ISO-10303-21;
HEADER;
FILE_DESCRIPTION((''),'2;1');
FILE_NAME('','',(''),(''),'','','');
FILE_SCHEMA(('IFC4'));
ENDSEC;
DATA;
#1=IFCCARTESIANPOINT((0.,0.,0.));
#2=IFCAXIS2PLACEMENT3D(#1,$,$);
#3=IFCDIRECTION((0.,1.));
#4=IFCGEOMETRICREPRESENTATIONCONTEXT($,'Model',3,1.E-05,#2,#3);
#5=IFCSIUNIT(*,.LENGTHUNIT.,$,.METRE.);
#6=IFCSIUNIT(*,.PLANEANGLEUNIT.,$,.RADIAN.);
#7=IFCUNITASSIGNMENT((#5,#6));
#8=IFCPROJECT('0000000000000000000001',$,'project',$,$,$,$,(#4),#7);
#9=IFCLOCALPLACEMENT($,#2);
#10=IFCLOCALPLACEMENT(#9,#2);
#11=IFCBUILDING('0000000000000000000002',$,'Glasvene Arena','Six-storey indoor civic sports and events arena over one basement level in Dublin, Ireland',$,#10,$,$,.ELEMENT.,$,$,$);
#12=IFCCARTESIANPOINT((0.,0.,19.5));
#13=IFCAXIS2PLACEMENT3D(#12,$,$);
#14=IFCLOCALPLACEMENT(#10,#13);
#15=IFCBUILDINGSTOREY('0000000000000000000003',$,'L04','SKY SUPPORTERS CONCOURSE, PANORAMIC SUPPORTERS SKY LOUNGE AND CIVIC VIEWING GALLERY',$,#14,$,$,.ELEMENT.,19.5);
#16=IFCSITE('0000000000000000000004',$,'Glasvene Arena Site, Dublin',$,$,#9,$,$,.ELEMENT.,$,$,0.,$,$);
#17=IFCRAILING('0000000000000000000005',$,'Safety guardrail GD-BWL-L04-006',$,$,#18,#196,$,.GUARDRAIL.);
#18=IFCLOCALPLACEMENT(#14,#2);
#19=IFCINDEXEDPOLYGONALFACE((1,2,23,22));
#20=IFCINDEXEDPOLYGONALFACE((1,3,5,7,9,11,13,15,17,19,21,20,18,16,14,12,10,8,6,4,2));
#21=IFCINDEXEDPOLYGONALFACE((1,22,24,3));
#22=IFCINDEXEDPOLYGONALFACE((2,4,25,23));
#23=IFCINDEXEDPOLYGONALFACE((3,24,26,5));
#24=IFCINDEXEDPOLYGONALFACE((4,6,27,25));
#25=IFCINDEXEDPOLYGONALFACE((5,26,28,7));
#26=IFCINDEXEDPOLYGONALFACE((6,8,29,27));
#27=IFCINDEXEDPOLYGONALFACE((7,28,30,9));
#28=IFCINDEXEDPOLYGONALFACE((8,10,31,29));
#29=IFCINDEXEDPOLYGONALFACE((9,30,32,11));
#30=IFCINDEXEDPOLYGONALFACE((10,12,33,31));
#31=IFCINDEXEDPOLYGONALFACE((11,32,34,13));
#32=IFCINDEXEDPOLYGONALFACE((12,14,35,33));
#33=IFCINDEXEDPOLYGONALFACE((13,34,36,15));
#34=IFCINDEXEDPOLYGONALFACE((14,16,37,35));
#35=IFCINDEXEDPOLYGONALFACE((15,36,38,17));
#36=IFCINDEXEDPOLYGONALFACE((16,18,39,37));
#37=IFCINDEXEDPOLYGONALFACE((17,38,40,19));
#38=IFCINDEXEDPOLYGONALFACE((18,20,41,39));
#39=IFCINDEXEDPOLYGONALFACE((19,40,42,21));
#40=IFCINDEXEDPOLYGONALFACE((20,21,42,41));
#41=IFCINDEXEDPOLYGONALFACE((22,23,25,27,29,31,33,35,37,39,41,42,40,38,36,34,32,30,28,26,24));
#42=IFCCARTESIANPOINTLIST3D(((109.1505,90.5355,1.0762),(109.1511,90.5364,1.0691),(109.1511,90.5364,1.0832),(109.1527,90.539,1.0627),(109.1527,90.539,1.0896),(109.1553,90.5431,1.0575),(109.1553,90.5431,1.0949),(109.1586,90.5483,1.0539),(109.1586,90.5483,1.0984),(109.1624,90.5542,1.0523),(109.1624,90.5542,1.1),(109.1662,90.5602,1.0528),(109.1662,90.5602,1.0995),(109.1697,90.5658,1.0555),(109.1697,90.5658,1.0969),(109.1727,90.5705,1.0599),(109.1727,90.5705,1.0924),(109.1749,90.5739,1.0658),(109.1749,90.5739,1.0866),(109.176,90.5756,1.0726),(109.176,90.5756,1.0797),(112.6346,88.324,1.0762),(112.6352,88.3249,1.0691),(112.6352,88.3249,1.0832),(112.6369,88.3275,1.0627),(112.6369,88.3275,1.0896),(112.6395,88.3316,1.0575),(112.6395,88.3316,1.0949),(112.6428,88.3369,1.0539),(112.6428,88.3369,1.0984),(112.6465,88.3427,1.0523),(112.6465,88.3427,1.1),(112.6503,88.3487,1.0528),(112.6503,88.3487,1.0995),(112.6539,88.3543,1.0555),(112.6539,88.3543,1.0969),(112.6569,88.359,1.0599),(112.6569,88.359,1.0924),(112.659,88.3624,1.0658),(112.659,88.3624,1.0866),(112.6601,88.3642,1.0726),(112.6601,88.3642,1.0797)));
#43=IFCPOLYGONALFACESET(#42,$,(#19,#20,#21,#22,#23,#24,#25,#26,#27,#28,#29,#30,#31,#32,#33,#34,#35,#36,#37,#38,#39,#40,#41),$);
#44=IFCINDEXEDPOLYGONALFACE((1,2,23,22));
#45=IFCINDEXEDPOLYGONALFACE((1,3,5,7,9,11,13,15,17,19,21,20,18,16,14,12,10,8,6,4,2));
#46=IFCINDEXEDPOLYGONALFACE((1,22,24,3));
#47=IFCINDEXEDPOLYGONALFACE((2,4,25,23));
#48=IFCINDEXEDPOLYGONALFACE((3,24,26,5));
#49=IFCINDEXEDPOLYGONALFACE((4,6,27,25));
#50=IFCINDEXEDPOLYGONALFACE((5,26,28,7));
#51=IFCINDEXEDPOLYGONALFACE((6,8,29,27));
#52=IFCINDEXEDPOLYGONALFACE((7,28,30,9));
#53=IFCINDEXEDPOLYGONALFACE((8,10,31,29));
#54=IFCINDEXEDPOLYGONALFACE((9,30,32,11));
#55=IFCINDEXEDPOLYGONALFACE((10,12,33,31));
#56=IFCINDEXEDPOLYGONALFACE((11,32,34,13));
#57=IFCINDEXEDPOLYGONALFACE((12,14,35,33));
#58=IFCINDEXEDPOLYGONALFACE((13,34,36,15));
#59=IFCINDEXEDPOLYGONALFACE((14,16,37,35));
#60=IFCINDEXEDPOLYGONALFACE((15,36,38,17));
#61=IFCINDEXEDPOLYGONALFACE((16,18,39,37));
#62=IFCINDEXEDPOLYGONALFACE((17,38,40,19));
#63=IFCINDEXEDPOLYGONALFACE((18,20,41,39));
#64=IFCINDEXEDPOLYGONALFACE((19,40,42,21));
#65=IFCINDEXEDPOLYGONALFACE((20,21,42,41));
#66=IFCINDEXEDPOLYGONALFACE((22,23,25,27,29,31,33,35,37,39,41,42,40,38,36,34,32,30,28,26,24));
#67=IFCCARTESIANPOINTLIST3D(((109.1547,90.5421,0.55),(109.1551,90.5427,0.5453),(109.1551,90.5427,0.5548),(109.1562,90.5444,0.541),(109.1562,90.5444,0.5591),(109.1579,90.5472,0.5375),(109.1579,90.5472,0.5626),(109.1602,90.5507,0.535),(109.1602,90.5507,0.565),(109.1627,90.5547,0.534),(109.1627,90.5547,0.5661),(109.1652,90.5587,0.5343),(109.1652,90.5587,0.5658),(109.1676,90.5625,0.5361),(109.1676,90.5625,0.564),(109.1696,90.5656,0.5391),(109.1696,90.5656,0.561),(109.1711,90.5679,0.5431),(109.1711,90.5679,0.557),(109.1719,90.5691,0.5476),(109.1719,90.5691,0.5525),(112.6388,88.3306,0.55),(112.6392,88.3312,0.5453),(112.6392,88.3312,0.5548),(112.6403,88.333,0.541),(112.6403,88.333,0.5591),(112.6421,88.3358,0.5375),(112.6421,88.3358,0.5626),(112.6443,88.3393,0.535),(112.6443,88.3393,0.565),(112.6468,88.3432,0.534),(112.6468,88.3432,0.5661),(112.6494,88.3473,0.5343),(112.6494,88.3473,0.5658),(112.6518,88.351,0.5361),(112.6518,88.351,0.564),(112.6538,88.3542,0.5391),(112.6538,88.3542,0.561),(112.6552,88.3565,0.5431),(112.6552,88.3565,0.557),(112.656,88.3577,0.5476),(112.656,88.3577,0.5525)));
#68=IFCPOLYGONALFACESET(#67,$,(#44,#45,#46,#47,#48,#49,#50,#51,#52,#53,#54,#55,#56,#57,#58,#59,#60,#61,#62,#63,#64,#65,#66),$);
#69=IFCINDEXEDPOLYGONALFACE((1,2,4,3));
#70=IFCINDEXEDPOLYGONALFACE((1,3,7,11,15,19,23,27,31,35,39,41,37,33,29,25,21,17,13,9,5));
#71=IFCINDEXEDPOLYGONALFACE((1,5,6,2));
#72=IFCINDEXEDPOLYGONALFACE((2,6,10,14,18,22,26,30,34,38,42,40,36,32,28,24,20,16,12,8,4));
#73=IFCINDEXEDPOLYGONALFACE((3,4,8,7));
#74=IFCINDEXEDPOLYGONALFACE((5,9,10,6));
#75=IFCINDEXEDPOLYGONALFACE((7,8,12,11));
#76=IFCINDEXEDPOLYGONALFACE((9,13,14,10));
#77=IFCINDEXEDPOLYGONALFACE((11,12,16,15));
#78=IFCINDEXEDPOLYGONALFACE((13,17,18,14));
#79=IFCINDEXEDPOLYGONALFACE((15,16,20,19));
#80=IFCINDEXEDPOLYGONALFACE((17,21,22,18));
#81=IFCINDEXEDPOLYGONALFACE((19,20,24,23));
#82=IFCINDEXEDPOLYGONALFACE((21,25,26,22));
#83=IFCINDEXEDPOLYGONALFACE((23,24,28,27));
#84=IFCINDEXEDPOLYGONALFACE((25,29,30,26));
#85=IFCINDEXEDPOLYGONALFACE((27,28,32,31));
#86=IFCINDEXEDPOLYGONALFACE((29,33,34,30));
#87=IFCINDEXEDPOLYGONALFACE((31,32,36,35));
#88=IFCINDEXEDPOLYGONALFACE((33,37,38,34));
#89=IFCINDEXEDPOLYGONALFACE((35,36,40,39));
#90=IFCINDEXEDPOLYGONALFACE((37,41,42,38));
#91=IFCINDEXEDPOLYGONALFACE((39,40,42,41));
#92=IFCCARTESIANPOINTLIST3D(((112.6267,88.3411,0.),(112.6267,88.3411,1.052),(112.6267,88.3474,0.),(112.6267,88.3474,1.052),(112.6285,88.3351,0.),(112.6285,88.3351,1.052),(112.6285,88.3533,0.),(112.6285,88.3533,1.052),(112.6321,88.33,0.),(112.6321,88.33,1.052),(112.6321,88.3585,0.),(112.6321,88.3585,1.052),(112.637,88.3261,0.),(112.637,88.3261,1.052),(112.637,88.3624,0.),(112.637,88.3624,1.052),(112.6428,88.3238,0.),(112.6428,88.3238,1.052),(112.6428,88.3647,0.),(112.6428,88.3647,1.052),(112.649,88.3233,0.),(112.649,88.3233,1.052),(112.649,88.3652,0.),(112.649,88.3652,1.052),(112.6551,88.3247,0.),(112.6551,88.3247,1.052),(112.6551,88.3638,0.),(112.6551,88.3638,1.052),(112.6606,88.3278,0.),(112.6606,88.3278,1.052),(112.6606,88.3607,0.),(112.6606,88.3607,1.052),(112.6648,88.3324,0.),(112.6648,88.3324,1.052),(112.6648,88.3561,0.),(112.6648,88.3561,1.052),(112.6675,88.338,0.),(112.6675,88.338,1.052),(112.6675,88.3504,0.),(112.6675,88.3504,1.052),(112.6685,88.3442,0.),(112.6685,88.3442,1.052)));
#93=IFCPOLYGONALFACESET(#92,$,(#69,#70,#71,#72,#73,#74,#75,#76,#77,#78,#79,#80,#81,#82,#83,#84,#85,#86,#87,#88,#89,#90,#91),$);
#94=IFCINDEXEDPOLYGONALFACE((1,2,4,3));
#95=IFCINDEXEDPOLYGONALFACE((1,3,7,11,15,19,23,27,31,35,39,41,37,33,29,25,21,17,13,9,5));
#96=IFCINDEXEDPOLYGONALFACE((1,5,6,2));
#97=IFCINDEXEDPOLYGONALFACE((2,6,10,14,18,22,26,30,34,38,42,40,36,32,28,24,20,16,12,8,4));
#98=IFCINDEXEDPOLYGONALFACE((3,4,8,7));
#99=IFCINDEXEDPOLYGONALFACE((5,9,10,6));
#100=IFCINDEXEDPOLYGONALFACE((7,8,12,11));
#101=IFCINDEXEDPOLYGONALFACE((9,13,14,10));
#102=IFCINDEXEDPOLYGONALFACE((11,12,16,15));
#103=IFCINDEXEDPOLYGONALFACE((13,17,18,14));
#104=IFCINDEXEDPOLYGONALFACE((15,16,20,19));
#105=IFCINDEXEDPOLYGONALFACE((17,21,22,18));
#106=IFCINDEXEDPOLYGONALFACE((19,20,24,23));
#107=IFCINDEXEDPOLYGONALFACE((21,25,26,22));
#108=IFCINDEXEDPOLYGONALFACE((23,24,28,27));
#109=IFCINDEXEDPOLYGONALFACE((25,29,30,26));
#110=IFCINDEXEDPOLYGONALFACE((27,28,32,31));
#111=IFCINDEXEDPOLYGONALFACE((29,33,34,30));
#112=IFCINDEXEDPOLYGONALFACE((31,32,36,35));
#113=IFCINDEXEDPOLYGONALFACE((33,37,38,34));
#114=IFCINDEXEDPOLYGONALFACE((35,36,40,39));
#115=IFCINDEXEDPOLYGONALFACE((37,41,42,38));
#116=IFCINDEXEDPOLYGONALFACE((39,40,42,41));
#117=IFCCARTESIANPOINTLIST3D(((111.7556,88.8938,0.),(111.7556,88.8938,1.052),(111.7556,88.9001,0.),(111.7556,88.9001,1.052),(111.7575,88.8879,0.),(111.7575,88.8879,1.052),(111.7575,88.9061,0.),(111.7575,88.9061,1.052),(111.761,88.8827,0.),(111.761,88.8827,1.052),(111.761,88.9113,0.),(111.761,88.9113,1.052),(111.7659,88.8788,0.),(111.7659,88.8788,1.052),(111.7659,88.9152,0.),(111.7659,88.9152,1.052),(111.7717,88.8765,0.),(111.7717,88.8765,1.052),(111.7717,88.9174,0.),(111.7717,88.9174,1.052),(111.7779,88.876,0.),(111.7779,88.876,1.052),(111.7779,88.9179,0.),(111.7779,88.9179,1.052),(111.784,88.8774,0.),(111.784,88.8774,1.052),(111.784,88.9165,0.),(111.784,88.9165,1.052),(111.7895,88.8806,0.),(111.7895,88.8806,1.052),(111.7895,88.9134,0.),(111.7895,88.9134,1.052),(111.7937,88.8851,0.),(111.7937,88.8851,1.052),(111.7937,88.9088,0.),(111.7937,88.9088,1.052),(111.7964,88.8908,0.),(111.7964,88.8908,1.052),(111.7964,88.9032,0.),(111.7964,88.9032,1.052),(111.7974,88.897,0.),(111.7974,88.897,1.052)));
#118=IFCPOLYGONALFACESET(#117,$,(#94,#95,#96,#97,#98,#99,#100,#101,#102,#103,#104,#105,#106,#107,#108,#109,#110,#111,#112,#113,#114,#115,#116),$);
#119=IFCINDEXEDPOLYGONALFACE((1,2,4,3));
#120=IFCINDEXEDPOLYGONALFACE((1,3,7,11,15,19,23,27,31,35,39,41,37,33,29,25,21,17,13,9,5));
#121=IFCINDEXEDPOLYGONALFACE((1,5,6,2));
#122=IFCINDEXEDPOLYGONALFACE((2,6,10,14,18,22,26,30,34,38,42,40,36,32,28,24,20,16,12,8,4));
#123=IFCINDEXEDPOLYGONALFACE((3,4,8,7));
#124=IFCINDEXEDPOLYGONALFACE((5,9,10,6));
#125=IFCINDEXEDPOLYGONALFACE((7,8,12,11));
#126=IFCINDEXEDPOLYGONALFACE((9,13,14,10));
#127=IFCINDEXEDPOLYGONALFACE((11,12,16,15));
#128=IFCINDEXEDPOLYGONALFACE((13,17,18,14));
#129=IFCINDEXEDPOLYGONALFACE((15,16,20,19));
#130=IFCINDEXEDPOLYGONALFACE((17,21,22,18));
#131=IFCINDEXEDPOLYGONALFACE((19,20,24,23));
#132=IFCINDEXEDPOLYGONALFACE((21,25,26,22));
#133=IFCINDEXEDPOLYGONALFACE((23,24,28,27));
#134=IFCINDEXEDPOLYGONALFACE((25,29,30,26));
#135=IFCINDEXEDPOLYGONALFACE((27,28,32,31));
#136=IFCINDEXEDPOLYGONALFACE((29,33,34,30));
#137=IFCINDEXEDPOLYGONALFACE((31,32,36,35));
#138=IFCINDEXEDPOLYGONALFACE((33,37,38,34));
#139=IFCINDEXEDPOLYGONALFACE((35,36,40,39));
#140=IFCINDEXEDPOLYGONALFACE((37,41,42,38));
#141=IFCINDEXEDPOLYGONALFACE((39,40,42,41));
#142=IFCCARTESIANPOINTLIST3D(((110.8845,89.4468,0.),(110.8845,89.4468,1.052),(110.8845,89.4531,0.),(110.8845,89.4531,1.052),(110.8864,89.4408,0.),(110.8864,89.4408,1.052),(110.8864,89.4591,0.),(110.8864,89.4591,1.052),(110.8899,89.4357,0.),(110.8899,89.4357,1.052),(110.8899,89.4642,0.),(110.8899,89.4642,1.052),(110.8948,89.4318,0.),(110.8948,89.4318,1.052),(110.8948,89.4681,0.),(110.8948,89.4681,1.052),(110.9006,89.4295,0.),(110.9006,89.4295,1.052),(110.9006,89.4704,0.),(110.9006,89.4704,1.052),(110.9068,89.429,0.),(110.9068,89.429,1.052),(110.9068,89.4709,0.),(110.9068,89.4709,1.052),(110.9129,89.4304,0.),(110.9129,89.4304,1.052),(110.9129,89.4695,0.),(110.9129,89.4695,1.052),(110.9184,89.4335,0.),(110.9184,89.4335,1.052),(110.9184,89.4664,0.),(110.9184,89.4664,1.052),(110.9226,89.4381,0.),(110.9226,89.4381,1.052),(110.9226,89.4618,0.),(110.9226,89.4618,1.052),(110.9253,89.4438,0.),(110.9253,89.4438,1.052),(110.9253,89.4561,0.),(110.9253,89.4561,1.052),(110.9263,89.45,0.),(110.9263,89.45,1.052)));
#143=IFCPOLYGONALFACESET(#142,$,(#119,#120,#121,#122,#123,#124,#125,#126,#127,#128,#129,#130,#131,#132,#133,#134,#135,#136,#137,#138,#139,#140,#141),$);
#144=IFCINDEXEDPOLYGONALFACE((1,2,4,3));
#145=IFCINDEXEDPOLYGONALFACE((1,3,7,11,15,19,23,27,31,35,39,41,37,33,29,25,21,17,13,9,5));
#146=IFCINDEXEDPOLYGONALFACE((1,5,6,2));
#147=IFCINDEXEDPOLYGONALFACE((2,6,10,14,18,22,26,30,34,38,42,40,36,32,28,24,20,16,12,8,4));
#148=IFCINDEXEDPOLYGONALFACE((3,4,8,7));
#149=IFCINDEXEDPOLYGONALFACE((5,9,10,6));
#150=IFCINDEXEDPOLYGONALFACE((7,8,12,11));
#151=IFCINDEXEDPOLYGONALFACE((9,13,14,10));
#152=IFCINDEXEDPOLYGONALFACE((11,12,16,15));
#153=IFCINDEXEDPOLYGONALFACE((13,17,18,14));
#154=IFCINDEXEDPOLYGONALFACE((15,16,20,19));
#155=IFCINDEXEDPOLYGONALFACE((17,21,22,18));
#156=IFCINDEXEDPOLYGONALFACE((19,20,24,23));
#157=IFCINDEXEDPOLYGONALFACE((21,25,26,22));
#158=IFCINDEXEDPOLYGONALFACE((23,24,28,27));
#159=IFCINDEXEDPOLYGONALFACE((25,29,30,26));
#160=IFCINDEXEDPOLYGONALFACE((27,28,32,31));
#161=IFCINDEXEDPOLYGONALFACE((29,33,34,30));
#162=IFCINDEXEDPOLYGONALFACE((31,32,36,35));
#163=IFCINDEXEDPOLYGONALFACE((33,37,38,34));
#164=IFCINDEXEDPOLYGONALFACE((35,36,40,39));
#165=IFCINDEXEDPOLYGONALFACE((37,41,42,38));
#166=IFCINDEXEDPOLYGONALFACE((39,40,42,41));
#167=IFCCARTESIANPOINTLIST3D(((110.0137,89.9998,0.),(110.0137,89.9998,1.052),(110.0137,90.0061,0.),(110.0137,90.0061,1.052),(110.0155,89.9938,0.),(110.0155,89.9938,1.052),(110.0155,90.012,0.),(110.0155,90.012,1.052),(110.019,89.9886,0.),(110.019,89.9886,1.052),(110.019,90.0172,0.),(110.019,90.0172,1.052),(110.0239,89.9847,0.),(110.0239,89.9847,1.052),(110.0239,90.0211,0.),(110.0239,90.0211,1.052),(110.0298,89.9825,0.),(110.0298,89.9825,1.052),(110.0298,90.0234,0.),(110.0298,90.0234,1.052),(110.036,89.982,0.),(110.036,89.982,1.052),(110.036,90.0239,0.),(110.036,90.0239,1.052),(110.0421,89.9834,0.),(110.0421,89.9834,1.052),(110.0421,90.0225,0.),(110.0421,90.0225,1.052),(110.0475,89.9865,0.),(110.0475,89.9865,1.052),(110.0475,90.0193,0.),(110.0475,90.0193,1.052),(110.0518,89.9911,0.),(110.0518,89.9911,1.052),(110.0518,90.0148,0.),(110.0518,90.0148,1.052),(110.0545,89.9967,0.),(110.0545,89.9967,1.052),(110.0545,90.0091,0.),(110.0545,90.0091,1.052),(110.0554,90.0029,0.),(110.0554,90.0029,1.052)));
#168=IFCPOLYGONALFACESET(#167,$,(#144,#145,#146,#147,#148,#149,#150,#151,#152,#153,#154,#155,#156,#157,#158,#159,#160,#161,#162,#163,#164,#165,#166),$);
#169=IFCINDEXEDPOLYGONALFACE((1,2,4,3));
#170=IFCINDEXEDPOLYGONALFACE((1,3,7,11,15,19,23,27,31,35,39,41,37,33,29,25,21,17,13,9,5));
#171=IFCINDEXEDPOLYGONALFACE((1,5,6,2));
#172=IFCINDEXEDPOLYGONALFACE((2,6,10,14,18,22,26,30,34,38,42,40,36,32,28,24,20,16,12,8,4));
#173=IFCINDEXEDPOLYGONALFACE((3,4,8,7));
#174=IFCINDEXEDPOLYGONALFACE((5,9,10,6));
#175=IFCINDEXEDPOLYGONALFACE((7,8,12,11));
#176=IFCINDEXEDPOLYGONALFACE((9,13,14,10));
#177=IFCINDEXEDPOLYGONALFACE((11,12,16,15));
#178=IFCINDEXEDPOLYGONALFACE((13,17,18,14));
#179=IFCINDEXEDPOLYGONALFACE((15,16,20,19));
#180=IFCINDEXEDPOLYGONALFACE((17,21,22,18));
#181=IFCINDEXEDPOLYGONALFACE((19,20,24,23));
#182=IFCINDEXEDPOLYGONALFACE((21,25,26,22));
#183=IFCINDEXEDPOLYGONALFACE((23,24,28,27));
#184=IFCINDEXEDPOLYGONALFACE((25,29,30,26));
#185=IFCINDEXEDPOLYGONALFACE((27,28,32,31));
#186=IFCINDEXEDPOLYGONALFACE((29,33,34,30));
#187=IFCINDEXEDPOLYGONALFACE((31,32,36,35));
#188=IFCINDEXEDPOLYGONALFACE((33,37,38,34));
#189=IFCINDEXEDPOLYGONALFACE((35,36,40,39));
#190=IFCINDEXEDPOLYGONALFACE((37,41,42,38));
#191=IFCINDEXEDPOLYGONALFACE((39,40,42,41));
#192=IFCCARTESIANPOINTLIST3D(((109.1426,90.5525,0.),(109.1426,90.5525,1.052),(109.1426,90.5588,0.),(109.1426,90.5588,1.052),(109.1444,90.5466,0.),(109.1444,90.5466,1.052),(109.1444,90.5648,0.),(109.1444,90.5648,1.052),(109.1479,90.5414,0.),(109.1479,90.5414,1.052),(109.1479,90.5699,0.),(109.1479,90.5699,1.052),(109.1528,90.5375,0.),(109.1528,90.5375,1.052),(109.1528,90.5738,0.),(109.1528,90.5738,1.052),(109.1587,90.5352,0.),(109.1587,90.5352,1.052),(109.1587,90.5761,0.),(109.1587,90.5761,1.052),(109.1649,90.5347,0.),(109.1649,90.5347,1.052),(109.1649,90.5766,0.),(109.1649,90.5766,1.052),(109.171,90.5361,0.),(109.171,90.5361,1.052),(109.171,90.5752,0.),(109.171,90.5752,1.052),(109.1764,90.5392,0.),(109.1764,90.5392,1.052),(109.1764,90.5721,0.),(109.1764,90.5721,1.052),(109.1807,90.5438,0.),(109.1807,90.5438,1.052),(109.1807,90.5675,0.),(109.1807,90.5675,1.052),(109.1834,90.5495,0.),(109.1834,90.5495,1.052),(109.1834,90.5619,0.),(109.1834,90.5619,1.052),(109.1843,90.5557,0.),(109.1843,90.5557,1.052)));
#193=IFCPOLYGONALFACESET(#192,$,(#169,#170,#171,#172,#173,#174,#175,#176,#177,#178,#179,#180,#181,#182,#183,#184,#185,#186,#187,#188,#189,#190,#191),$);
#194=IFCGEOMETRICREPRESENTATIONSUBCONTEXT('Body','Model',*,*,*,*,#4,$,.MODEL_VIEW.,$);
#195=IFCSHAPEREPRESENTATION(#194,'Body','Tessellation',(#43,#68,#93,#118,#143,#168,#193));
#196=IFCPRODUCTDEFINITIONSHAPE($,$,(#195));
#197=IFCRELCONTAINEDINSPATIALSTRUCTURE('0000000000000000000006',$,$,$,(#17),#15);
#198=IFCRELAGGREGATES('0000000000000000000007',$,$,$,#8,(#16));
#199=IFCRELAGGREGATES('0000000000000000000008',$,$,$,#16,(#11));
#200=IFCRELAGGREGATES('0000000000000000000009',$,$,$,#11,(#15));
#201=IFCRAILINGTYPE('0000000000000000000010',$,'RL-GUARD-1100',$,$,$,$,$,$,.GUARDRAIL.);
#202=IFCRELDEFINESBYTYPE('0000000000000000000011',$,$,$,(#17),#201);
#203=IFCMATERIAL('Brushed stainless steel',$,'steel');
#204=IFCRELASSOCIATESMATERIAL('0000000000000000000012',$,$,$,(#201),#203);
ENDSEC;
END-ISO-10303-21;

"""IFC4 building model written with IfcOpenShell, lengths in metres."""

from ifc_helpers import new_model, si_unit, direction, frame, origin, origin_2d, place, context, subcontext, project, spatial, circle, extrude, material, type_object, element, save


model = new_model("IFC4")

# Units and contexts
model_context = context("Model", 3, precision=1e-05, world=origin(), true_north=direction((0.0, 1.0)))
body_context = subcontext(model_context, "Body", "Model", "MODEL_VIEW")
ifc_project = project(units=[si_unit("LENGTHUNIT", "METRE"), si_unit("PLANEANGLEUNIT", "RADIAN")], contexts=[model_context])

# Site, building, storey
site_placement = place(None, origin())
site = spatial("IfcSite", under=ifc_project, at=site_placement, Name="Glasvene Arena Site, Dublin", CompositionType="ELEMENT", RefElevation=0.0)
building_placement = place(site_placement, origin())
building = spatial("IfcBuilding", under=site, at=building_placement, Name="Glasvene Arena", Description="Six-storey indoor civic sports and events arena over one basement level in Dublin, Ireland", CompositionType="ELEMENT")
storey_placement = place(building_placement, frame((0.0, 0.0, 19.5)))
storey = spatial("IfcBuildingStorey", under=building, at=storey_placement, Name="L04", Description="SKY SUPPORTERS CONCOURSE, PANORAMIC SUPPORTERS SKY LOUNGE AND CIVIC VIEWING GALLERY", CompositionType="ELEMENT", Elevation=19.5)

# Railing
ifc_material = material(Name="Brushed stainless steel", Category="steel")
railing_type = type_object("IfcRailingType", Name="RL-GUARD-1100", PredefinedType="GUARDRAIL", material=ifc_material)
railing_1_placement = place(storey_placement, frame((112.6475, 88.3442, 0.0)))
element("IfcRailing", 1, at=railing_1_placement, inside=storey, type_object=railing_type, Name="Safety guardrail GD-BWL-L04-006", PredefinedType="GUARDRAIL", context=body_context, shape_type="SweptSolid", body=[
    extrude(circle(Radius=0.0239, at=origin_2d()), frame((0.0, 0.0, 1.0762), z_axis=(-0.844292, 0.535884, 0.0), x_axis=(-0.535884, -0.844292, 0.0)), (0.0, 0.0, 1.0), 4.1267),
    extrude(circle(Radius=0.0161, at=origin_2d()), frame((0.0, 0.0, 0.55), z_axis=(-0.844292, 0.535884, 0.0), x_axis=(-0.535884, -0.844292, 0.0)), (0.0, 0.0, 1.0), 4.1267),
    extrude(circle(Radius=0.021, at=origin_2d()), origin(), (0.0, 0.0, 1.0), 1.052),
    extrude(circle(Radius=0.021, at=origin_2d()), frame((-0.8711, 0.5527, 0.0)), (0.0, 0.0, 1.0), 1.052),
    extrude(circle(Radius=0.021, at=origin_2d()), frame((-1.7422, 1.1057, 0.0)), (0.0, 0.0, 1.0), 1.052),
    extrude(circle(Radius=0.021, at=origin_2d()), frame((-2.613, 1.6587, 0.0)), (0.0, 0.0, 1.0), 1.052),
    extrude(circle(Radius=0.021, at=origin_2d()), frame((-3.4841, 2.2114, 0.0)), (0.0, 0.0, 1.0), 1.052),
])

save(model, "model.ifc")
